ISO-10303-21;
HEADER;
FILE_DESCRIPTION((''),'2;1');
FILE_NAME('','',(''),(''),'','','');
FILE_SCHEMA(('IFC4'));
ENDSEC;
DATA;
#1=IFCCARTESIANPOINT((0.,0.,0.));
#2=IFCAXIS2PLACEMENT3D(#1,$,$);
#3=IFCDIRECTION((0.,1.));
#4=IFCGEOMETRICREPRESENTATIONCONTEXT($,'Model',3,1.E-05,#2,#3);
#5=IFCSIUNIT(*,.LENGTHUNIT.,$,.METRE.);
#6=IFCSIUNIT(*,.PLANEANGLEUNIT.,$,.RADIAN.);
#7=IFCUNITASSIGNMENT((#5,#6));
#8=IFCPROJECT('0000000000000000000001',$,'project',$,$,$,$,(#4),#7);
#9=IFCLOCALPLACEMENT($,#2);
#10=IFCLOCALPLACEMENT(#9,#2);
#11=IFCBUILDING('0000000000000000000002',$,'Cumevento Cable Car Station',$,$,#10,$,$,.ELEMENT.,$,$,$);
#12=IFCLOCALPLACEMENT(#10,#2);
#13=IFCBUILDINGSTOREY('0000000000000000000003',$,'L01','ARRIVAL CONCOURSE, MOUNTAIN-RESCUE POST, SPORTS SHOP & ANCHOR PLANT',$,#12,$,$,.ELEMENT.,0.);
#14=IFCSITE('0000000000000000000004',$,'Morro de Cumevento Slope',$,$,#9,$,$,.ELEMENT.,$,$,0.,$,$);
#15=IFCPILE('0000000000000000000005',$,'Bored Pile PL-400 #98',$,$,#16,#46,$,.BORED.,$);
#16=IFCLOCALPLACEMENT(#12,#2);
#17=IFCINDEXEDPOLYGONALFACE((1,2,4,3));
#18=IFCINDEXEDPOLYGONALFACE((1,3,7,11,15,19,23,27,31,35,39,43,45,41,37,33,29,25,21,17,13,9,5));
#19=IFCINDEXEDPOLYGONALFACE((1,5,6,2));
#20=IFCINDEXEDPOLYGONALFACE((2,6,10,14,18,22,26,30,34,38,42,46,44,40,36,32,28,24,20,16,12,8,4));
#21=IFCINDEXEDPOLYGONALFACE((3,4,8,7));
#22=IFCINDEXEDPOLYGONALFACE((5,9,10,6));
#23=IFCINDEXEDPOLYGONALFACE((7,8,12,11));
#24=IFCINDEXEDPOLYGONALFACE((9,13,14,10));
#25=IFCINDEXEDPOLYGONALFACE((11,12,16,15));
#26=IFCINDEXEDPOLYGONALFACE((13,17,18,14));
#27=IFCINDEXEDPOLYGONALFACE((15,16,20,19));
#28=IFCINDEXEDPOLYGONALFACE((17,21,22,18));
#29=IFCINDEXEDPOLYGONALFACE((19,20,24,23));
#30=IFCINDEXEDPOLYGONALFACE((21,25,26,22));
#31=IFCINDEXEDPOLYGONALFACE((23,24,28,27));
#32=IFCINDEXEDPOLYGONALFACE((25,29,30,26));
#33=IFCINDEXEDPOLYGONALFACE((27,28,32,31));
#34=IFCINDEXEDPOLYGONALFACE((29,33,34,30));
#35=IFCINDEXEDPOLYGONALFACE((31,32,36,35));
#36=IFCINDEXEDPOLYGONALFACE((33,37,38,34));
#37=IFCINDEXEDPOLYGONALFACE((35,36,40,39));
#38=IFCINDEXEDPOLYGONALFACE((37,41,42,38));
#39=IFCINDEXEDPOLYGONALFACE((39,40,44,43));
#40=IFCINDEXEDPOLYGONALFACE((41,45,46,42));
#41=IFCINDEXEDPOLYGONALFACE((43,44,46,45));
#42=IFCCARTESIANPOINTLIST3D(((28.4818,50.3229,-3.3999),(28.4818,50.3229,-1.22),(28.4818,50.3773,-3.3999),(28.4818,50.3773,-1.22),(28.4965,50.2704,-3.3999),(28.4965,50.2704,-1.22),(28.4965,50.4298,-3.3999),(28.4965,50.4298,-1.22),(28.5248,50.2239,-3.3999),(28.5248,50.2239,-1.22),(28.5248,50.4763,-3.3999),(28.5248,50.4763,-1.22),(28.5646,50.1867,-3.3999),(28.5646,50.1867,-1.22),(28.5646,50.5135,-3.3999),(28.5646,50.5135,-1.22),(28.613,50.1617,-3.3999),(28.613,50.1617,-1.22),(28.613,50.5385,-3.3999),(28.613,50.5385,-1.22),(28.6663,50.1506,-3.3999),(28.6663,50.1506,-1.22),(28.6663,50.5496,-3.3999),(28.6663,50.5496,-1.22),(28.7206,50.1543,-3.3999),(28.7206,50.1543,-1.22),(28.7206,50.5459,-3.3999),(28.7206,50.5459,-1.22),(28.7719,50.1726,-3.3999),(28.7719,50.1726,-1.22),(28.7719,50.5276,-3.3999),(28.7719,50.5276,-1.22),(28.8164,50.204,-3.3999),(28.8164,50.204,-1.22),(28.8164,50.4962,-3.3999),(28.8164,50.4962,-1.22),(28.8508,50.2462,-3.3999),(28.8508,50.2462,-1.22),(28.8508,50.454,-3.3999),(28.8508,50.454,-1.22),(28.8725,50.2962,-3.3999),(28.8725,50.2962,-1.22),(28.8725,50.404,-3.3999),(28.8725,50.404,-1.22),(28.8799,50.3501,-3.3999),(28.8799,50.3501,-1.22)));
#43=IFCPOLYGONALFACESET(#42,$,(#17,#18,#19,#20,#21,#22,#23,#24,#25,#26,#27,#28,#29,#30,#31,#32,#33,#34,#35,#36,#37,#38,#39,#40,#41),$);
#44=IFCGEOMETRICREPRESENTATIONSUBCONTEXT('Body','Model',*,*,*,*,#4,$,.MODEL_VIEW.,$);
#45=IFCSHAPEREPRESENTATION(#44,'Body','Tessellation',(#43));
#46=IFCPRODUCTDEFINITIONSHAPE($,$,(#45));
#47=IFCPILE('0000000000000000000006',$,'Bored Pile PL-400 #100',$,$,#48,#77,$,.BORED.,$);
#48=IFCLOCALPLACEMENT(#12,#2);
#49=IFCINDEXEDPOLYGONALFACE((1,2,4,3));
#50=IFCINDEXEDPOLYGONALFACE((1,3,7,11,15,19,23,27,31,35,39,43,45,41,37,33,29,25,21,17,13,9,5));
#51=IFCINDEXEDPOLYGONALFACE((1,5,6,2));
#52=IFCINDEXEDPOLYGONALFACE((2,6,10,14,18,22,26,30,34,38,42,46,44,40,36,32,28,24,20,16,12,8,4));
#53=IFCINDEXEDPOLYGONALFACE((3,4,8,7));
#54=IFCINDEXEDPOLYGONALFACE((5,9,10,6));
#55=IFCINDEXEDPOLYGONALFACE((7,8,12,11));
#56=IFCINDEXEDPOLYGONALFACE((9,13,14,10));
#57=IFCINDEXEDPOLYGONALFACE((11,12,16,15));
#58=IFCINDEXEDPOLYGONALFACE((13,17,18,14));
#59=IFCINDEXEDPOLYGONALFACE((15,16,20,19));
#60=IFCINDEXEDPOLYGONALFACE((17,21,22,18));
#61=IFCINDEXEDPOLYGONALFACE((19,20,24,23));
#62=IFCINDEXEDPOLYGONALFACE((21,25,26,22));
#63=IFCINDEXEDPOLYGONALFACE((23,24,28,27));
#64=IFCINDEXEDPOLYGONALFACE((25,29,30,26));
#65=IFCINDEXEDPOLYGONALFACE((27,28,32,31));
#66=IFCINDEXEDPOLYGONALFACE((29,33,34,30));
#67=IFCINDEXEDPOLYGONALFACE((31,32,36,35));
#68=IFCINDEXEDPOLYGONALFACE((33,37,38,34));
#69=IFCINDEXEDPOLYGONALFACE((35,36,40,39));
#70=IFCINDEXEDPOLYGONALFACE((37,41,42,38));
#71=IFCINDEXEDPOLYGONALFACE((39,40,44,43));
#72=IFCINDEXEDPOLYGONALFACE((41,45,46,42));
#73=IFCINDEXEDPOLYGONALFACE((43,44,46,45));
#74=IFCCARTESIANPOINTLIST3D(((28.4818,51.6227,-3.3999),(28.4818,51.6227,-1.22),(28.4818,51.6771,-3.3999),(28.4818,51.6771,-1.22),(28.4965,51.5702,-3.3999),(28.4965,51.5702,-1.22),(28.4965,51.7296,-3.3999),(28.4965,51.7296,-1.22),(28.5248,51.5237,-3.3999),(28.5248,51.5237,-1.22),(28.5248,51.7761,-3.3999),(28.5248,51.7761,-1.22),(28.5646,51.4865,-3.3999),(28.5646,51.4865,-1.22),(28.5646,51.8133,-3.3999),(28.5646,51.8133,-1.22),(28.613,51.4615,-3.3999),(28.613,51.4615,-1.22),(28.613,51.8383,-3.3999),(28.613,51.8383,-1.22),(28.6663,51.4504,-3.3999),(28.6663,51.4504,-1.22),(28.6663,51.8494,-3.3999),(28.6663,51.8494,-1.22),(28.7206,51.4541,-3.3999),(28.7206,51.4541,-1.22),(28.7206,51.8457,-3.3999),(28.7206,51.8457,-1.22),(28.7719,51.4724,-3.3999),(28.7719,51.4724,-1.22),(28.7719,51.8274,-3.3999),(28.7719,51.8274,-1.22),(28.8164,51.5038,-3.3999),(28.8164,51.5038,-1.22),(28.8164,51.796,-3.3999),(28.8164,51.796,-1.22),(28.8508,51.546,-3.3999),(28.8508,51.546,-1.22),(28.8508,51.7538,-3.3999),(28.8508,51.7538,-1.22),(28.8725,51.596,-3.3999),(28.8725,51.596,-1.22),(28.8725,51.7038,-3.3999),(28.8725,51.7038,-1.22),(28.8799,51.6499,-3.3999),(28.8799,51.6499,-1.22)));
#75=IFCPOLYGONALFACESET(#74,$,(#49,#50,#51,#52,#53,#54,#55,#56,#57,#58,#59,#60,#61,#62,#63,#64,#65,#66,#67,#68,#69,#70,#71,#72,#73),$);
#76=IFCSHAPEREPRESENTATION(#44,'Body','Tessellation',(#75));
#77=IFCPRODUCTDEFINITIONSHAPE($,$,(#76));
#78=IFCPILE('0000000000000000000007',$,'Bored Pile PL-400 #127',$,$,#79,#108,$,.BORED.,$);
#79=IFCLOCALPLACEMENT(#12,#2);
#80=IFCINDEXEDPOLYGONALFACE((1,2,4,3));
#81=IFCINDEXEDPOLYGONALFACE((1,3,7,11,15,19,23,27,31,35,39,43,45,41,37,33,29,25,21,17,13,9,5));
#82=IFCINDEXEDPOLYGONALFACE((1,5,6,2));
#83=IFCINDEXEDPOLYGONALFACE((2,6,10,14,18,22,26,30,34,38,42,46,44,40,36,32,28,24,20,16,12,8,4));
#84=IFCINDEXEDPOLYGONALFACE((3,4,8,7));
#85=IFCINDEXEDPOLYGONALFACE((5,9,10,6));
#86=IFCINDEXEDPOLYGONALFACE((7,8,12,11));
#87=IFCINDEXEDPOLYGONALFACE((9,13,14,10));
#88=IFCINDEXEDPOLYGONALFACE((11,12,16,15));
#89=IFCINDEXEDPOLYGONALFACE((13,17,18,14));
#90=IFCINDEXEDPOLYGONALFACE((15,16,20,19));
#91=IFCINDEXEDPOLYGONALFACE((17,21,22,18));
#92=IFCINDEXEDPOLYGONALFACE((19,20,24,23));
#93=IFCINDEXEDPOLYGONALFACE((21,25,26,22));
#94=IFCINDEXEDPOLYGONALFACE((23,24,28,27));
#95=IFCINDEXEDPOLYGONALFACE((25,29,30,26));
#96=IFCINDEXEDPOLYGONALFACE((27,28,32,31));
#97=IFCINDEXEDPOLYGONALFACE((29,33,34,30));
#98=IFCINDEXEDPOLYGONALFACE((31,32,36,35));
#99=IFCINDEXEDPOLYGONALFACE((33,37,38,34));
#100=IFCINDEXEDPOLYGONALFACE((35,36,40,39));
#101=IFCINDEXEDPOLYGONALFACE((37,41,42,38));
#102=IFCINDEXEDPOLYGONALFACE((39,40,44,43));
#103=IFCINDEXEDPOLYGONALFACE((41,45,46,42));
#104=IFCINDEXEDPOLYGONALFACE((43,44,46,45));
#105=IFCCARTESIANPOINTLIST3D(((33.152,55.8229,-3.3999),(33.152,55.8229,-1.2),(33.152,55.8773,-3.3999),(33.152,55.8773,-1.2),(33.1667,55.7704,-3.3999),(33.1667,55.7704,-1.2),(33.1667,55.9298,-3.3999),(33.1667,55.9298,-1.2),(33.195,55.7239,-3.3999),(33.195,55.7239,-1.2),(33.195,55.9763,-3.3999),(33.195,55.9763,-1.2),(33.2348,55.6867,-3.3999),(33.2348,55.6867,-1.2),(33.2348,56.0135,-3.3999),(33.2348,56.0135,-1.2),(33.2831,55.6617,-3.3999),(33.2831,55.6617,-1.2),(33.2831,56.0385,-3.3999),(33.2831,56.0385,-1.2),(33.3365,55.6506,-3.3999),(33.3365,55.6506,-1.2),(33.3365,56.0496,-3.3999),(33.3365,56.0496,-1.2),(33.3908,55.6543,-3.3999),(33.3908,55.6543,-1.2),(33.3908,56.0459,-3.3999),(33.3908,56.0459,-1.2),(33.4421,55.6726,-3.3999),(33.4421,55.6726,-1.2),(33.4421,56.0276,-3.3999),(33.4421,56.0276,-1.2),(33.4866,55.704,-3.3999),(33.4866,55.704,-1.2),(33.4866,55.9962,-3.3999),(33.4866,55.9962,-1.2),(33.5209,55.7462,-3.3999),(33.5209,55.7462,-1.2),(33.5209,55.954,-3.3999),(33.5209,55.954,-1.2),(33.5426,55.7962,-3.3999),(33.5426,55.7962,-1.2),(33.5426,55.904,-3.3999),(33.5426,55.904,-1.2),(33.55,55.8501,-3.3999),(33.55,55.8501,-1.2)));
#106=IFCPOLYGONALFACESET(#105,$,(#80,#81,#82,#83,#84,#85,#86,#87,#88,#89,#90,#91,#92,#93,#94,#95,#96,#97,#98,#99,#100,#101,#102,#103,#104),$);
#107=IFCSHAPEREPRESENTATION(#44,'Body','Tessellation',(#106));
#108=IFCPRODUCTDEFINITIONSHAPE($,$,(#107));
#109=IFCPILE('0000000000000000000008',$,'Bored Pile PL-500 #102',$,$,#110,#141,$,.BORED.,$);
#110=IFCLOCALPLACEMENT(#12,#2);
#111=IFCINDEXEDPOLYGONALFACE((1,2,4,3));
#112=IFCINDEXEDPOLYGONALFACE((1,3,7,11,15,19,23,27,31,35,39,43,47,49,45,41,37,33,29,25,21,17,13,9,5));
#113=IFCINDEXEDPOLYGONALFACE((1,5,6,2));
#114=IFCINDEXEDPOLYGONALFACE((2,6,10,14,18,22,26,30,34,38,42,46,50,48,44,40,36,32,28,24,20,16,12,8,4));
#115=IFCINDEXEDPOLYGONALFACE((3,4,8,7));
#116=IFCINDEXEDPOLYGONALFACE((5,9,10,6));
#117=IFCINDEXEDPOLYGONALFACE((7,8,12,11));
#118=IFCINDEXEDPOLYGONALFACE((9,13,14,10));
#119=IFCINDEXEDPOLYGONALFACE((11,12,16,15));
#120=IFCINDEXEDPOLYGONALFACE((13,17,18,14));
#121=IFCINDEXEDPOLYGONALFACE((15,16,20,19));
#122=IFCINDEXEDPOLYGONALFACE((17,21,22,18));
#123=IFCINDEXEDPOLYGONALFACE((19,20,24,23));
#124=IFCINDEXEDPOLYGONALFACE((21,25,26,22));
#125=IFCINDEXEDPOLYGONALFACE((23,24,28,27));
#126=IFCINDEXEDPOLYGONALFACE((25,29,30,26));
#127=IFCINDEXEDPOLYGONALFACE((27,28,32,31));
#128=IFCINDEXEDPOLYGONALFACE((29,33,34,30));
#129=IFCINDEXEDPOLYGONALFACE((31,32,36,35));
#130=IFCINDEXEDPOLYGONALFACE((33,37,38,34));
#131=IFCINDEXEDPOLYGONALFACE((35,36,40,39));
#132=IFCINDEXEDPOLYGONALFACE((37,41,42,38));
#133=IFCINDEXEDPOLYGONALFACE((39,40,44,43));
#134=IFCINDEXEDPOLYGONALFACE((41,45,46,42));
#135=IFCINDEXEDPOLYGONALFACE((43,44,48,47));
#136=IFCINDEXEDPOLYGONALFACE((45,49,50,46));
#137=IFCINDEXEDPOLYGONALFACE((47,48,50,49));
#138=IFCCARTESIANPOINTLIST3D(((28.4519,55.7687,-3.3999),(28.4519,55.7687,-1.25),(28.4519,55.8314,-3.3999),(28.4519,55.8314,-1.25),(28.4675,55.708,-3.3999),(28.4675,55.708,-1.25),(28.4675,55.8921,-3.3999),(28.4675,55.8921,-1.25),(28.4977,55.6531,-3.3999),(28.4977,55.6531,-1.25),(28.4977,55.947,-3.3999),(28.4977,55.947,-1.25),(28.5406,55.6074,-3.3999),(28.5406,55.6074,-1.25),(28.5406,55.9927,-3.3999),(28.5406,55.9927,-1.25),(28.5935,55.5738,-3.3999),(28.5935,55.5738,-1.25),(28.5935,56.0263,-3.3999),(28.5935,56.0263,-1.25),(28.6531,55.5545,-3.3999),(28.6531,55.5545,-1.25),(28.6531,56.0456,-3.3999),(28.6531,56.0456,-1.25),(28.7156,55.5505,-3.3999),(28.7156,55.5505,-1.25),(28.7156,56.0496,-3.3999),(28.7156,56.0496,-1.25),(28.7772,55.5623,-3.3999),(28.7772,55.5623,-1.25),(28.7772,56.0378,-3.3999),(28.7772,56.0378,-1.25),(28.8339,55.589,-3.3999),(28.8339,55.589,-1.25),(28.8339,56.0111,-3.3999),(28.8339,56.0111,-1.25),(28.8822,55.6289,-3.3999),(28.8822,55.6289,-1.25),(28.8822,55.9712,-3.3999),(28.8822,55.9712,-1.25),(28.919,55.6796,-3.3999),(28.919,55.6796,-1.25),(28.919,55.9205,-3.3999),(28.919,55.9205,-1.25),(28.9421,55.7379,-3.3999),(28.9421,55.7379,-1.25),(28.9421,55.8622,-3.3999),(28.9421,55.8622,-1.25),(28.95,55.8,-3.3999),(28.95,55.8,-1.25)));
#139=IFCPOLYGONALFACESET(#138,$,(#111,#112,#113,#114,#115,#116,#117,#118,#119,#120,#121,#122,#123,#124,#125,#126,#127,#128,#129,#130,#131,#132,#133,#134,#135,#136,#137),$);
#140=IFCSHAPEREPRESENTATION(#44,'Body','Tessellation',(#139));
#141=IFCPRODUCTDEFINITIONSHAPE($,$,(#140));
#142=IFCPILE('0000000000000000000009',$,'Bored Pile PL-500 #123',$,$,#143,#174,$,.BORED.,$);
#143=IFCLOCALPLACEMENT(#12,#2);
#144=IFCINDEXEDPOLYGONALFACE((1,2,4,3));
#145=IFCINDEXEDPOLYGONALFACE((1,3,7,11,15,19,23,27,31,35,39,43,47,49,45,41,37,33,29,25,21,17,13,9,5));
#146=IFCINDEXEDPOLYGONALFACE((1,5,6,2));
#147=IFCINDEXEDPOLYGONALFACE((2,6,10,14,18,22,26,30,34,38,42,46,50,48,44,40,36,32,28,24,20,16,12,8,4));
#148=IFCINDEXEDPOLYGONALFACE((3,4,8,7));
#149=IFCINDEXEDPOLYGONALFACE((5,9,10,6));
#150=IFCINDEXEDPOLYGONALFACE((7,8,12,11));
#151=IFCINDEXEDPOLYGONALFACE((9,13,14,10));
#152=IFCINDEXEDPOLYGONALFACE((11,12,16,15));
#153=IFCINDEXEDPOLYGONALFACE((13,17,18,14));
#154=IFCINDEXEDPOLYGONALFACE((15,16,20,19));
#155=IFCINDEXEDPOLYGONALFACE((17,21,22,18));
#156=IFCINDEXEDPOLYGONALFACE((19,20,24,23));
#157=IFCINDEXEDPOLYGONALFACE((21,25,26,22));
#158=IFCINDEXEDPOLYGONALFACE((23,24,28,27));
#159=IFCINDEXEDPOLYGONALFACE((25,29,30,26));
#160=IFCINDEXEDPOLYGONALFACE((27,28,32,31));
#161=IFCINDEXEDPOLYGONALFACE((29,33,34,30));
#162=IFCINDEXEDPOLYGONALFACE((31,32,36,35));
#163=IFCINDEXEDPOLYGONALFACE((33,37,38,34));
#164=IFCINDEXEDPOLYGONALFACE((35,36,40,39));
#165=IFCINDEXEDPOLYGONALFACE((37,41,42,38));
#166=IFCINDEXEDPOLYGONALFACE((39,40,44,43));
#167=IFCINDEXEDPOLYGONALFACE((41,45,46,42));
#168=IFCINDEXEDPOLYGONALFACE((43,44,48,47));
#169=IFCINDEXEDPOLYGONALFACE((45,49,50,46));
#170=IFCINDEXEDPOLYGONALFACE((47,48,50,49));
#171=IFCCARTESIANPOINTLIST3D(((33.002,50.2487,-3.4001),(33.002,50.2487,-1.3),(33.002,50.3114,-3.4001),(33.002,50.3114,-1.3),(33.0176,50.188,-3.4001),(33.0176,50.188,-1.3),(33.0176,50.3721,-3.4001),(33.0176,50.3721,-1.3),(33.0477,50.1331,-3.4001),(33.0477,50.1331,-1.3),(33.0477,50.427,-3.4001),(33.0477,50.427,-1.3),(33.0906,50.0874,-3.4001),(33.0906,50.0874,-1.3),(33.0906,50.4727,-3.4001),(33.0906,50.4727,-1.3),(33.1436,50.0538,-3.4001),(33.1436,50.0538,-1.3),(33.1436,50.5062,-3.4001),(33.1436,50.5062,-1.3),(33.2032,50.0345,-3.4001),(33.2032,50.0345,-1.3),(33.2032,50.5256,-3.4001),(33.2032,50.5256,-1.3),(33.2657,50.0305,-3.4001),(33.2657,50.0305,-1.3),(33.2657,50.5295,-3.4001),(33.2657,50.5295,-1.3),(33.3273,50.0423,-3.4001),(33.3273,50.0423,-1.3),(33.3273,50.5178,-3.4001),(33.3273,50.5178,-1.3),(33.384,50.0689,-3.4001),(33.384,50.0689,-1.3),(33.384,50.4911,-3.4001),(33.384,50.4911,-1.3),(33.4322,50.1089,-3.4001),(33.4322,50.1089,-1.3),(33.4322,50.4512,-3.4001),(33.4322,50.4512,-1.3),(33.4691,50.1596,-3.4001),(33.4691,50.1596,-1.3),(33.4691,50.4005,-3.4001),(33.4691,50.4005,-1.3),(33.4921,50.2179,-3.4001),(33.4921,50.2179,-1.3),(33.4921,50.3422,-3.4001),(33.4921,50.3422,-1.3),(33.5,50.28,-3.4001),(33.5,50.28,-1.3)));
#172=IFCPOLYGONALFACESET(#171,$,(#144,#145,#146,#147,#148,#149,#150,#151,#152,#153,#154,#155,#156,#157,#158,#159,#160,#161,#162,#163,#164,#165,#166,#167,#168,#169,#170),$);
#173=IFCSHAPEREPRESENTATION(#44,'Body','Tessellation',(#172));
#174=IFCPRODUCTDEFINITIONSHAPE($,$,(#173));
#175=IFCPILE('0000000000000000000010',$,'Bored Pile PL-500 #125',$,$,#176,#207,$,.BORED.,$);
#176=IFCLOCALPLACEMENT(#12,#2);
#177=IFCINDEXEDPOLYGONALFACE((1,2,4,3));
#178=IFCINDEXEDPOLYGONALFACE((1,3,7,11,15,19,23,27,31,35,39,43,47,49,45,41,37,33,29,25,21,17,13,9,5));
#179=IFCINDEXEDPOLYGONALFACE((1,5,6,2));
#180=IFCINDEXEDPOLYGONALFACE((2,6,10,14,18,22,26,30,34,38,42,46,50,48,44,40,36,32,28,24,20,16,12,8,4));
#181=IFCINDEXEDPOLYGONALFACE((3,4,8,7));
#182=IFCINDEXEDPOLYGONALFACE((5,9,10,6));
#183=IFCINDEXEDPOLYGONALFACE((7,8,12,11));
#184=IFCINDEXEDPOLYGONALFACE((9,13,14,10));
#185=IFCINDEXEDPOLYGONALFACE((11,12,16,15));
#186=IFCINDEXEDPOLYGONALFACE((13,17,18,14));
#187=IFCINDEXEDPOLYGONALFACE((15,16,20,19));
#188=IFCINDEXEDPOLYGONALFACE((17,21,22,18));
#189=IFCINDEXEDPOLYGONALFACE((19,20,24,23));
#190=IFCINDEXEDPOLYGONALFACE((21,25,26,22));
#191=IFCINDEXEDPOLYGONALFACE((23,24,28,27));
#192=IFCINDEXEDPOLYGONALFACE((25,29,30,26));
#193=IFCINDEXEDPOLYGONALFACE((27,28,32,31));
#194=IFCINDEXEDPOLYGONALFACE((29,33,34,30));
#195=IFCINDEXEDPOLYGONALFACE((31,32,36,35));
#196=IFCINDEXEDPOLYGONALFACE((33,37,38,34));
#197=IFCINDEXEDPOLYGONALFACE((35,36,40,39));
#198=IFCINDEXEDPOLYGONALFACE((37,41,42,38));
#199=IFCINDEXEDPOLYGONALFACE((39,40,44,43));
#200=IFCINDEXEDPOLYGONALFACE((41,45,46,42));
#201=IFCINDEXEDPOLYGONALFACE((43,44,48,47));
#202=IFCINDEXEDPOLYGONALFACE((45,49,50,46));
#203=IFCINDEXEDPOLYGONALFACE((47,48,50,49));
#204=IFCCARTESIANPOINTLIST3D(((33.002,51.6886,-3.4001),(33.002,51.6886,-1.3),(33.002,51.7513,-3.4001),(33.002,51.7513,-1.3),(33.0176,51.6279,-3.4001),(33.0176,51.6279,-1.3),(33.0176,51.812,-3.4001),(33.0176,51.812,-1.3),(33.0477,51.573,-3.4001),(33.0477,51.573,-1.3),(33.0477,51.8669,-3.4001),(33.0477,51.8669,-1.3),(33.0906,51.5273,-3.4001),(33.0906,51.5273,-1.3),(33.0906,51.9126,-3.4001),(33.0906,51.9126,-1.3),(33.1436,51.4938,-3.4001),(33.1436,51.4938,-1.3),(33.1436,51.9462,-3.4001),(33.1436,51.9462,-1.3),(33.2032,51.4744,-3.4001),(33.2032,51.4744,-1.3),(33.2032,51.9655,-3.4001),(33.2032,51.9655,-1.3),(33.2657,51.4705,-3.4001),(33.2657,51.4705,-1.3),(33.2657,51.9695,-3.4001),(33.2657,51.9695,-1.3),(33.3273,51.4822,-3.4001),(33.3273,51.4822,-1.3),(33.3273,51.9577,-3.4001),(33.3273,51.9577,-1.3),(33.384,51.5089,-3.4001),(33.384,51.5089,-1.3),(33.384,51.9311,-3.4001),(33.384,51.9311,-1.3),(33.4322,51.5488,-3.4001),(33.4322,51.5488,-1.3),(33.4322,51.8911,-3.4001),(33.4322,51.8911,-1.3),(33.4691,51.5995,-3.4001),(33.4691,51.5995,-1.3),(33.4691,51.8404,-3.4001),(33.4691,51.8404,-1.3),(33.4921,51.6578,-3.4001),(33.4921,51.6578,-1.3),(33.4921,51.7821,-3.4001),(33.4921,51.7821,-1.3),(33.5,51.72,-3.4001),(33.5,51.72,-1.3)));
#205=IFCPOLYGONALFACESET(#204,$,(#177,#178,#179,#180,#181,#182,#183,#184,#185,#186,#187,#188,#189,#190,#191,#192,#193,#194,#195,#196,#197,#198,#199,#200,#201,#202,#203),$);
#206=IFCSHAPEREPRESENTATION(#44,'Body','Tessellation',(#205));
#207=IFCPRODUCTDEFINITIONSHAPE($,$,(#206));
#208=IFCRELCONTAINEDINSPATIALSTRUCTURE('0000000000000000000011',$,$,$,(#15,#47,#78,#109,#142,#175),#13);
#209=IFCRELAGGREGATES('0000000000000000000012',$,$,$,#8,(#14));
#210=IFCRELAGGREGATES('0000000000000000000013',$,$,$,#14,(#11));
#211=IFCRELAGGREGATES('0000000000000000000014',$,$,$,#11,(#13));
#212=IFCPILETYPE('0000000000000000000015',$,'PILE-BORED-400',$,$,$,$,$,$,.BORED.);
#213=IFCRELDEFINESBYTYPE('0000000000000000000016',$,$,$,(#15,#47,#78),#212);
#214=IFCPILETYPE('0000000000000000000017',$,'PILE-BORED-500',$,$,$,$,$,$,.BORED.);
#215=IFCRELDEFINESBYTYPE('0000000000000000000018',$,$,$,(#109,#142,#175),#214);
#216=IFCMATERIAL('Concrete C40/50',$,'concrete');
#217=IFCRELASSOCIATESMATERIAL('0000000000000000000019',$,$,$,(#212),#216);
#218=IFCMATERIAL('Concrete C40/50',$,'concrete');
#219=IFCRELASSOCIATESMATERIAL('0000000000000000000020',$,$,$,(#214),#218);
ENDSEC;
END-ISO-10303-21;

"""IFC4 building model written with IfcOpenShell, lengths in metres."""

from ifc_helpers import new_model, si_unit, direction, frame, origin, origin_2d, place, context, subcontext, project, spatial, circle, extrude, material, material_profile, profile_set, type_object, element, save


model = new_model("IFC4")

# Units and contexts
model_context = context("Model", 3, precision=1e-05, world=origin(), true_north=direction((0.0, 1.0)))
body_context = subcontext(model_context, "Body", "Model", "MODEL_VIEW")
ifc_project = project(units=[si_unit("LENGTHUNIT", "METRE"), si_unit("PLANEANGLEUNIT", "RADIAN")], contexts=[model_context])

# Site, building, storey
site_placement = place(None, origin())
site = spatial("IfcSite", under=ifc_project, at=site_placement, Name="Morro de Cumevento Slope", CompositionType="ELEMENT", RefElevation=0.0)
building_placement = place(site_placement, origin())
building = spatial("IfcBuilding", under=site, at=building_placement, Name="Cumevento Cable Car Station", CompositionType="ELEMENT")
storey_placement = place(building_placement, origin())
storey = spatial("IfcBuildingStorey", under=building, at=storey_placement, Name="L01", Description="ARRIVAL CONCOURSE, MOUNTAIN-RESCUE POST, SPORTS SHOP & ANCHOR PLANT", CompositionType="ELEMENT", Elevation=0.0)

# Piles
ifc_material_1 = material(Name="Concrete C40/50", Category="concrete")
ifc_material_profile_1 = material_profile(ifc_material_1, circle(Radius=0.2, at=origin_2d()), Name="PILE-D400")
ifc_profile_set_1 = profile_set([ifc_material_profile_1], Name="Concrete C40/50")
pile_type_1 = type_object("IfcPileType", Name="PILE-BORED-400", PredefinedType="BORED", material=ifc_profile_set_1)
for number, where, z_axis, x_axis, name in (
    (1, (28.6799, 50.3501, -1.22), (0.0, 0.0, -1.0), (1.0, 0.0, 0.0), "Bored Pile PL-400 #98"),
    (2, (28.6799, 51.6499, -1.22), (0.0, 0.0, -1.0), (1.0, 0.0, 0.0), "Bored Pile PL-400 #100"),
):
    element("IfcPile", number, at=place(storey_placement, frame(where, z_axis=z_axis, x_axis=x_axis)), inside=storey, type_object=pile_type_1, Name=name, PredefinedType="BORED", context=body_context, shape_type="SweptSolid", body=[
        extrude(circle(Radius=0.2, at=origin_2d()), origin(), (0.0, 0.0, 1.0), 2.1799),
    ])
pile_1_placement = place(storey_placement, frame((33.3501, 55.8501, -1.2), z_axis=(0.0, 0.0, -1.0), x_axis=(1.0, 0.0, 0.0)))
element("IfcPile", 3, at=pile_1_placement, inside=storey, type_object=pile_type_1, Name="Bored Pile PL-400 #127", PredefinedType="BORED", context=body_context, shape_type="SweptSolid", body=[
    extrude(circle(Radius=0.2, at=origin_2d()), origin(), (0.0, 0.0, 1.0), 2.2),
])
ifc_material_2 = material(Name="Concrete C40/50", Category="concrete")
ifc_material_profile_2 = material_profile(ifc_material_2, circle(Radius=0.25, at=origin_2d()), Name="PILE-D500")
ifc_profile_set_2 = profile_set([ifc_material_profile_2], Name="Concrete C40/50")
pile_type_2 = type_object("IfcPileType", Name="PILE-BORED-500", PredefinedType="BORED", material=ifc_profile_set_2)
pile_2_placement = place(storey_placement, frame((28.7, 55.8, -1.25), z_axis=(0.0, 0.0, -1.0), x_axis=(1.0, 0.0, 0.0)))
element("IfcPile", 4, at=pile_2_placement, inside=storey, type_object=pile_type_2, Name="Bored Pile PL-500 #102", PredefinedType="BORED", context=body_context, shape_type="SweptSolid", body=[
    extrude(circle(Radius=0.25, at=origin_2d()), origin(), (0.0, 0.0, 1.0), 2.1499),
])
for number, where, z_axis, x_axis, name in (
    (5, (33.25, 50.28, -1.3), (0.0, 0.0, -1.0), (1.0, 0.0, 0.0), "Bored Pile PL-500 #123"),
    (6, (33.25, 51.72, -1.3), (0.0, 0.0, -1.0), (1.0, 0.0, 0.0), "Bored Pile PL-500 #125"),
):
    element("IfcPile", number, at=place(storey_placement, frame(where, z_axis=z_axis, x_axis=x_axis)), inside=storey, type_object=pile_type_2, Name=name, PredefinedType="BORED", context=body_context, shape_type="SweptSolid", body=[
        extrude(circle(Radius=0.25, at=origin_2d()), origin(), (0.0, 0.0, 1.0), 2.1001),
    ])

save(model, "model.ifc")
